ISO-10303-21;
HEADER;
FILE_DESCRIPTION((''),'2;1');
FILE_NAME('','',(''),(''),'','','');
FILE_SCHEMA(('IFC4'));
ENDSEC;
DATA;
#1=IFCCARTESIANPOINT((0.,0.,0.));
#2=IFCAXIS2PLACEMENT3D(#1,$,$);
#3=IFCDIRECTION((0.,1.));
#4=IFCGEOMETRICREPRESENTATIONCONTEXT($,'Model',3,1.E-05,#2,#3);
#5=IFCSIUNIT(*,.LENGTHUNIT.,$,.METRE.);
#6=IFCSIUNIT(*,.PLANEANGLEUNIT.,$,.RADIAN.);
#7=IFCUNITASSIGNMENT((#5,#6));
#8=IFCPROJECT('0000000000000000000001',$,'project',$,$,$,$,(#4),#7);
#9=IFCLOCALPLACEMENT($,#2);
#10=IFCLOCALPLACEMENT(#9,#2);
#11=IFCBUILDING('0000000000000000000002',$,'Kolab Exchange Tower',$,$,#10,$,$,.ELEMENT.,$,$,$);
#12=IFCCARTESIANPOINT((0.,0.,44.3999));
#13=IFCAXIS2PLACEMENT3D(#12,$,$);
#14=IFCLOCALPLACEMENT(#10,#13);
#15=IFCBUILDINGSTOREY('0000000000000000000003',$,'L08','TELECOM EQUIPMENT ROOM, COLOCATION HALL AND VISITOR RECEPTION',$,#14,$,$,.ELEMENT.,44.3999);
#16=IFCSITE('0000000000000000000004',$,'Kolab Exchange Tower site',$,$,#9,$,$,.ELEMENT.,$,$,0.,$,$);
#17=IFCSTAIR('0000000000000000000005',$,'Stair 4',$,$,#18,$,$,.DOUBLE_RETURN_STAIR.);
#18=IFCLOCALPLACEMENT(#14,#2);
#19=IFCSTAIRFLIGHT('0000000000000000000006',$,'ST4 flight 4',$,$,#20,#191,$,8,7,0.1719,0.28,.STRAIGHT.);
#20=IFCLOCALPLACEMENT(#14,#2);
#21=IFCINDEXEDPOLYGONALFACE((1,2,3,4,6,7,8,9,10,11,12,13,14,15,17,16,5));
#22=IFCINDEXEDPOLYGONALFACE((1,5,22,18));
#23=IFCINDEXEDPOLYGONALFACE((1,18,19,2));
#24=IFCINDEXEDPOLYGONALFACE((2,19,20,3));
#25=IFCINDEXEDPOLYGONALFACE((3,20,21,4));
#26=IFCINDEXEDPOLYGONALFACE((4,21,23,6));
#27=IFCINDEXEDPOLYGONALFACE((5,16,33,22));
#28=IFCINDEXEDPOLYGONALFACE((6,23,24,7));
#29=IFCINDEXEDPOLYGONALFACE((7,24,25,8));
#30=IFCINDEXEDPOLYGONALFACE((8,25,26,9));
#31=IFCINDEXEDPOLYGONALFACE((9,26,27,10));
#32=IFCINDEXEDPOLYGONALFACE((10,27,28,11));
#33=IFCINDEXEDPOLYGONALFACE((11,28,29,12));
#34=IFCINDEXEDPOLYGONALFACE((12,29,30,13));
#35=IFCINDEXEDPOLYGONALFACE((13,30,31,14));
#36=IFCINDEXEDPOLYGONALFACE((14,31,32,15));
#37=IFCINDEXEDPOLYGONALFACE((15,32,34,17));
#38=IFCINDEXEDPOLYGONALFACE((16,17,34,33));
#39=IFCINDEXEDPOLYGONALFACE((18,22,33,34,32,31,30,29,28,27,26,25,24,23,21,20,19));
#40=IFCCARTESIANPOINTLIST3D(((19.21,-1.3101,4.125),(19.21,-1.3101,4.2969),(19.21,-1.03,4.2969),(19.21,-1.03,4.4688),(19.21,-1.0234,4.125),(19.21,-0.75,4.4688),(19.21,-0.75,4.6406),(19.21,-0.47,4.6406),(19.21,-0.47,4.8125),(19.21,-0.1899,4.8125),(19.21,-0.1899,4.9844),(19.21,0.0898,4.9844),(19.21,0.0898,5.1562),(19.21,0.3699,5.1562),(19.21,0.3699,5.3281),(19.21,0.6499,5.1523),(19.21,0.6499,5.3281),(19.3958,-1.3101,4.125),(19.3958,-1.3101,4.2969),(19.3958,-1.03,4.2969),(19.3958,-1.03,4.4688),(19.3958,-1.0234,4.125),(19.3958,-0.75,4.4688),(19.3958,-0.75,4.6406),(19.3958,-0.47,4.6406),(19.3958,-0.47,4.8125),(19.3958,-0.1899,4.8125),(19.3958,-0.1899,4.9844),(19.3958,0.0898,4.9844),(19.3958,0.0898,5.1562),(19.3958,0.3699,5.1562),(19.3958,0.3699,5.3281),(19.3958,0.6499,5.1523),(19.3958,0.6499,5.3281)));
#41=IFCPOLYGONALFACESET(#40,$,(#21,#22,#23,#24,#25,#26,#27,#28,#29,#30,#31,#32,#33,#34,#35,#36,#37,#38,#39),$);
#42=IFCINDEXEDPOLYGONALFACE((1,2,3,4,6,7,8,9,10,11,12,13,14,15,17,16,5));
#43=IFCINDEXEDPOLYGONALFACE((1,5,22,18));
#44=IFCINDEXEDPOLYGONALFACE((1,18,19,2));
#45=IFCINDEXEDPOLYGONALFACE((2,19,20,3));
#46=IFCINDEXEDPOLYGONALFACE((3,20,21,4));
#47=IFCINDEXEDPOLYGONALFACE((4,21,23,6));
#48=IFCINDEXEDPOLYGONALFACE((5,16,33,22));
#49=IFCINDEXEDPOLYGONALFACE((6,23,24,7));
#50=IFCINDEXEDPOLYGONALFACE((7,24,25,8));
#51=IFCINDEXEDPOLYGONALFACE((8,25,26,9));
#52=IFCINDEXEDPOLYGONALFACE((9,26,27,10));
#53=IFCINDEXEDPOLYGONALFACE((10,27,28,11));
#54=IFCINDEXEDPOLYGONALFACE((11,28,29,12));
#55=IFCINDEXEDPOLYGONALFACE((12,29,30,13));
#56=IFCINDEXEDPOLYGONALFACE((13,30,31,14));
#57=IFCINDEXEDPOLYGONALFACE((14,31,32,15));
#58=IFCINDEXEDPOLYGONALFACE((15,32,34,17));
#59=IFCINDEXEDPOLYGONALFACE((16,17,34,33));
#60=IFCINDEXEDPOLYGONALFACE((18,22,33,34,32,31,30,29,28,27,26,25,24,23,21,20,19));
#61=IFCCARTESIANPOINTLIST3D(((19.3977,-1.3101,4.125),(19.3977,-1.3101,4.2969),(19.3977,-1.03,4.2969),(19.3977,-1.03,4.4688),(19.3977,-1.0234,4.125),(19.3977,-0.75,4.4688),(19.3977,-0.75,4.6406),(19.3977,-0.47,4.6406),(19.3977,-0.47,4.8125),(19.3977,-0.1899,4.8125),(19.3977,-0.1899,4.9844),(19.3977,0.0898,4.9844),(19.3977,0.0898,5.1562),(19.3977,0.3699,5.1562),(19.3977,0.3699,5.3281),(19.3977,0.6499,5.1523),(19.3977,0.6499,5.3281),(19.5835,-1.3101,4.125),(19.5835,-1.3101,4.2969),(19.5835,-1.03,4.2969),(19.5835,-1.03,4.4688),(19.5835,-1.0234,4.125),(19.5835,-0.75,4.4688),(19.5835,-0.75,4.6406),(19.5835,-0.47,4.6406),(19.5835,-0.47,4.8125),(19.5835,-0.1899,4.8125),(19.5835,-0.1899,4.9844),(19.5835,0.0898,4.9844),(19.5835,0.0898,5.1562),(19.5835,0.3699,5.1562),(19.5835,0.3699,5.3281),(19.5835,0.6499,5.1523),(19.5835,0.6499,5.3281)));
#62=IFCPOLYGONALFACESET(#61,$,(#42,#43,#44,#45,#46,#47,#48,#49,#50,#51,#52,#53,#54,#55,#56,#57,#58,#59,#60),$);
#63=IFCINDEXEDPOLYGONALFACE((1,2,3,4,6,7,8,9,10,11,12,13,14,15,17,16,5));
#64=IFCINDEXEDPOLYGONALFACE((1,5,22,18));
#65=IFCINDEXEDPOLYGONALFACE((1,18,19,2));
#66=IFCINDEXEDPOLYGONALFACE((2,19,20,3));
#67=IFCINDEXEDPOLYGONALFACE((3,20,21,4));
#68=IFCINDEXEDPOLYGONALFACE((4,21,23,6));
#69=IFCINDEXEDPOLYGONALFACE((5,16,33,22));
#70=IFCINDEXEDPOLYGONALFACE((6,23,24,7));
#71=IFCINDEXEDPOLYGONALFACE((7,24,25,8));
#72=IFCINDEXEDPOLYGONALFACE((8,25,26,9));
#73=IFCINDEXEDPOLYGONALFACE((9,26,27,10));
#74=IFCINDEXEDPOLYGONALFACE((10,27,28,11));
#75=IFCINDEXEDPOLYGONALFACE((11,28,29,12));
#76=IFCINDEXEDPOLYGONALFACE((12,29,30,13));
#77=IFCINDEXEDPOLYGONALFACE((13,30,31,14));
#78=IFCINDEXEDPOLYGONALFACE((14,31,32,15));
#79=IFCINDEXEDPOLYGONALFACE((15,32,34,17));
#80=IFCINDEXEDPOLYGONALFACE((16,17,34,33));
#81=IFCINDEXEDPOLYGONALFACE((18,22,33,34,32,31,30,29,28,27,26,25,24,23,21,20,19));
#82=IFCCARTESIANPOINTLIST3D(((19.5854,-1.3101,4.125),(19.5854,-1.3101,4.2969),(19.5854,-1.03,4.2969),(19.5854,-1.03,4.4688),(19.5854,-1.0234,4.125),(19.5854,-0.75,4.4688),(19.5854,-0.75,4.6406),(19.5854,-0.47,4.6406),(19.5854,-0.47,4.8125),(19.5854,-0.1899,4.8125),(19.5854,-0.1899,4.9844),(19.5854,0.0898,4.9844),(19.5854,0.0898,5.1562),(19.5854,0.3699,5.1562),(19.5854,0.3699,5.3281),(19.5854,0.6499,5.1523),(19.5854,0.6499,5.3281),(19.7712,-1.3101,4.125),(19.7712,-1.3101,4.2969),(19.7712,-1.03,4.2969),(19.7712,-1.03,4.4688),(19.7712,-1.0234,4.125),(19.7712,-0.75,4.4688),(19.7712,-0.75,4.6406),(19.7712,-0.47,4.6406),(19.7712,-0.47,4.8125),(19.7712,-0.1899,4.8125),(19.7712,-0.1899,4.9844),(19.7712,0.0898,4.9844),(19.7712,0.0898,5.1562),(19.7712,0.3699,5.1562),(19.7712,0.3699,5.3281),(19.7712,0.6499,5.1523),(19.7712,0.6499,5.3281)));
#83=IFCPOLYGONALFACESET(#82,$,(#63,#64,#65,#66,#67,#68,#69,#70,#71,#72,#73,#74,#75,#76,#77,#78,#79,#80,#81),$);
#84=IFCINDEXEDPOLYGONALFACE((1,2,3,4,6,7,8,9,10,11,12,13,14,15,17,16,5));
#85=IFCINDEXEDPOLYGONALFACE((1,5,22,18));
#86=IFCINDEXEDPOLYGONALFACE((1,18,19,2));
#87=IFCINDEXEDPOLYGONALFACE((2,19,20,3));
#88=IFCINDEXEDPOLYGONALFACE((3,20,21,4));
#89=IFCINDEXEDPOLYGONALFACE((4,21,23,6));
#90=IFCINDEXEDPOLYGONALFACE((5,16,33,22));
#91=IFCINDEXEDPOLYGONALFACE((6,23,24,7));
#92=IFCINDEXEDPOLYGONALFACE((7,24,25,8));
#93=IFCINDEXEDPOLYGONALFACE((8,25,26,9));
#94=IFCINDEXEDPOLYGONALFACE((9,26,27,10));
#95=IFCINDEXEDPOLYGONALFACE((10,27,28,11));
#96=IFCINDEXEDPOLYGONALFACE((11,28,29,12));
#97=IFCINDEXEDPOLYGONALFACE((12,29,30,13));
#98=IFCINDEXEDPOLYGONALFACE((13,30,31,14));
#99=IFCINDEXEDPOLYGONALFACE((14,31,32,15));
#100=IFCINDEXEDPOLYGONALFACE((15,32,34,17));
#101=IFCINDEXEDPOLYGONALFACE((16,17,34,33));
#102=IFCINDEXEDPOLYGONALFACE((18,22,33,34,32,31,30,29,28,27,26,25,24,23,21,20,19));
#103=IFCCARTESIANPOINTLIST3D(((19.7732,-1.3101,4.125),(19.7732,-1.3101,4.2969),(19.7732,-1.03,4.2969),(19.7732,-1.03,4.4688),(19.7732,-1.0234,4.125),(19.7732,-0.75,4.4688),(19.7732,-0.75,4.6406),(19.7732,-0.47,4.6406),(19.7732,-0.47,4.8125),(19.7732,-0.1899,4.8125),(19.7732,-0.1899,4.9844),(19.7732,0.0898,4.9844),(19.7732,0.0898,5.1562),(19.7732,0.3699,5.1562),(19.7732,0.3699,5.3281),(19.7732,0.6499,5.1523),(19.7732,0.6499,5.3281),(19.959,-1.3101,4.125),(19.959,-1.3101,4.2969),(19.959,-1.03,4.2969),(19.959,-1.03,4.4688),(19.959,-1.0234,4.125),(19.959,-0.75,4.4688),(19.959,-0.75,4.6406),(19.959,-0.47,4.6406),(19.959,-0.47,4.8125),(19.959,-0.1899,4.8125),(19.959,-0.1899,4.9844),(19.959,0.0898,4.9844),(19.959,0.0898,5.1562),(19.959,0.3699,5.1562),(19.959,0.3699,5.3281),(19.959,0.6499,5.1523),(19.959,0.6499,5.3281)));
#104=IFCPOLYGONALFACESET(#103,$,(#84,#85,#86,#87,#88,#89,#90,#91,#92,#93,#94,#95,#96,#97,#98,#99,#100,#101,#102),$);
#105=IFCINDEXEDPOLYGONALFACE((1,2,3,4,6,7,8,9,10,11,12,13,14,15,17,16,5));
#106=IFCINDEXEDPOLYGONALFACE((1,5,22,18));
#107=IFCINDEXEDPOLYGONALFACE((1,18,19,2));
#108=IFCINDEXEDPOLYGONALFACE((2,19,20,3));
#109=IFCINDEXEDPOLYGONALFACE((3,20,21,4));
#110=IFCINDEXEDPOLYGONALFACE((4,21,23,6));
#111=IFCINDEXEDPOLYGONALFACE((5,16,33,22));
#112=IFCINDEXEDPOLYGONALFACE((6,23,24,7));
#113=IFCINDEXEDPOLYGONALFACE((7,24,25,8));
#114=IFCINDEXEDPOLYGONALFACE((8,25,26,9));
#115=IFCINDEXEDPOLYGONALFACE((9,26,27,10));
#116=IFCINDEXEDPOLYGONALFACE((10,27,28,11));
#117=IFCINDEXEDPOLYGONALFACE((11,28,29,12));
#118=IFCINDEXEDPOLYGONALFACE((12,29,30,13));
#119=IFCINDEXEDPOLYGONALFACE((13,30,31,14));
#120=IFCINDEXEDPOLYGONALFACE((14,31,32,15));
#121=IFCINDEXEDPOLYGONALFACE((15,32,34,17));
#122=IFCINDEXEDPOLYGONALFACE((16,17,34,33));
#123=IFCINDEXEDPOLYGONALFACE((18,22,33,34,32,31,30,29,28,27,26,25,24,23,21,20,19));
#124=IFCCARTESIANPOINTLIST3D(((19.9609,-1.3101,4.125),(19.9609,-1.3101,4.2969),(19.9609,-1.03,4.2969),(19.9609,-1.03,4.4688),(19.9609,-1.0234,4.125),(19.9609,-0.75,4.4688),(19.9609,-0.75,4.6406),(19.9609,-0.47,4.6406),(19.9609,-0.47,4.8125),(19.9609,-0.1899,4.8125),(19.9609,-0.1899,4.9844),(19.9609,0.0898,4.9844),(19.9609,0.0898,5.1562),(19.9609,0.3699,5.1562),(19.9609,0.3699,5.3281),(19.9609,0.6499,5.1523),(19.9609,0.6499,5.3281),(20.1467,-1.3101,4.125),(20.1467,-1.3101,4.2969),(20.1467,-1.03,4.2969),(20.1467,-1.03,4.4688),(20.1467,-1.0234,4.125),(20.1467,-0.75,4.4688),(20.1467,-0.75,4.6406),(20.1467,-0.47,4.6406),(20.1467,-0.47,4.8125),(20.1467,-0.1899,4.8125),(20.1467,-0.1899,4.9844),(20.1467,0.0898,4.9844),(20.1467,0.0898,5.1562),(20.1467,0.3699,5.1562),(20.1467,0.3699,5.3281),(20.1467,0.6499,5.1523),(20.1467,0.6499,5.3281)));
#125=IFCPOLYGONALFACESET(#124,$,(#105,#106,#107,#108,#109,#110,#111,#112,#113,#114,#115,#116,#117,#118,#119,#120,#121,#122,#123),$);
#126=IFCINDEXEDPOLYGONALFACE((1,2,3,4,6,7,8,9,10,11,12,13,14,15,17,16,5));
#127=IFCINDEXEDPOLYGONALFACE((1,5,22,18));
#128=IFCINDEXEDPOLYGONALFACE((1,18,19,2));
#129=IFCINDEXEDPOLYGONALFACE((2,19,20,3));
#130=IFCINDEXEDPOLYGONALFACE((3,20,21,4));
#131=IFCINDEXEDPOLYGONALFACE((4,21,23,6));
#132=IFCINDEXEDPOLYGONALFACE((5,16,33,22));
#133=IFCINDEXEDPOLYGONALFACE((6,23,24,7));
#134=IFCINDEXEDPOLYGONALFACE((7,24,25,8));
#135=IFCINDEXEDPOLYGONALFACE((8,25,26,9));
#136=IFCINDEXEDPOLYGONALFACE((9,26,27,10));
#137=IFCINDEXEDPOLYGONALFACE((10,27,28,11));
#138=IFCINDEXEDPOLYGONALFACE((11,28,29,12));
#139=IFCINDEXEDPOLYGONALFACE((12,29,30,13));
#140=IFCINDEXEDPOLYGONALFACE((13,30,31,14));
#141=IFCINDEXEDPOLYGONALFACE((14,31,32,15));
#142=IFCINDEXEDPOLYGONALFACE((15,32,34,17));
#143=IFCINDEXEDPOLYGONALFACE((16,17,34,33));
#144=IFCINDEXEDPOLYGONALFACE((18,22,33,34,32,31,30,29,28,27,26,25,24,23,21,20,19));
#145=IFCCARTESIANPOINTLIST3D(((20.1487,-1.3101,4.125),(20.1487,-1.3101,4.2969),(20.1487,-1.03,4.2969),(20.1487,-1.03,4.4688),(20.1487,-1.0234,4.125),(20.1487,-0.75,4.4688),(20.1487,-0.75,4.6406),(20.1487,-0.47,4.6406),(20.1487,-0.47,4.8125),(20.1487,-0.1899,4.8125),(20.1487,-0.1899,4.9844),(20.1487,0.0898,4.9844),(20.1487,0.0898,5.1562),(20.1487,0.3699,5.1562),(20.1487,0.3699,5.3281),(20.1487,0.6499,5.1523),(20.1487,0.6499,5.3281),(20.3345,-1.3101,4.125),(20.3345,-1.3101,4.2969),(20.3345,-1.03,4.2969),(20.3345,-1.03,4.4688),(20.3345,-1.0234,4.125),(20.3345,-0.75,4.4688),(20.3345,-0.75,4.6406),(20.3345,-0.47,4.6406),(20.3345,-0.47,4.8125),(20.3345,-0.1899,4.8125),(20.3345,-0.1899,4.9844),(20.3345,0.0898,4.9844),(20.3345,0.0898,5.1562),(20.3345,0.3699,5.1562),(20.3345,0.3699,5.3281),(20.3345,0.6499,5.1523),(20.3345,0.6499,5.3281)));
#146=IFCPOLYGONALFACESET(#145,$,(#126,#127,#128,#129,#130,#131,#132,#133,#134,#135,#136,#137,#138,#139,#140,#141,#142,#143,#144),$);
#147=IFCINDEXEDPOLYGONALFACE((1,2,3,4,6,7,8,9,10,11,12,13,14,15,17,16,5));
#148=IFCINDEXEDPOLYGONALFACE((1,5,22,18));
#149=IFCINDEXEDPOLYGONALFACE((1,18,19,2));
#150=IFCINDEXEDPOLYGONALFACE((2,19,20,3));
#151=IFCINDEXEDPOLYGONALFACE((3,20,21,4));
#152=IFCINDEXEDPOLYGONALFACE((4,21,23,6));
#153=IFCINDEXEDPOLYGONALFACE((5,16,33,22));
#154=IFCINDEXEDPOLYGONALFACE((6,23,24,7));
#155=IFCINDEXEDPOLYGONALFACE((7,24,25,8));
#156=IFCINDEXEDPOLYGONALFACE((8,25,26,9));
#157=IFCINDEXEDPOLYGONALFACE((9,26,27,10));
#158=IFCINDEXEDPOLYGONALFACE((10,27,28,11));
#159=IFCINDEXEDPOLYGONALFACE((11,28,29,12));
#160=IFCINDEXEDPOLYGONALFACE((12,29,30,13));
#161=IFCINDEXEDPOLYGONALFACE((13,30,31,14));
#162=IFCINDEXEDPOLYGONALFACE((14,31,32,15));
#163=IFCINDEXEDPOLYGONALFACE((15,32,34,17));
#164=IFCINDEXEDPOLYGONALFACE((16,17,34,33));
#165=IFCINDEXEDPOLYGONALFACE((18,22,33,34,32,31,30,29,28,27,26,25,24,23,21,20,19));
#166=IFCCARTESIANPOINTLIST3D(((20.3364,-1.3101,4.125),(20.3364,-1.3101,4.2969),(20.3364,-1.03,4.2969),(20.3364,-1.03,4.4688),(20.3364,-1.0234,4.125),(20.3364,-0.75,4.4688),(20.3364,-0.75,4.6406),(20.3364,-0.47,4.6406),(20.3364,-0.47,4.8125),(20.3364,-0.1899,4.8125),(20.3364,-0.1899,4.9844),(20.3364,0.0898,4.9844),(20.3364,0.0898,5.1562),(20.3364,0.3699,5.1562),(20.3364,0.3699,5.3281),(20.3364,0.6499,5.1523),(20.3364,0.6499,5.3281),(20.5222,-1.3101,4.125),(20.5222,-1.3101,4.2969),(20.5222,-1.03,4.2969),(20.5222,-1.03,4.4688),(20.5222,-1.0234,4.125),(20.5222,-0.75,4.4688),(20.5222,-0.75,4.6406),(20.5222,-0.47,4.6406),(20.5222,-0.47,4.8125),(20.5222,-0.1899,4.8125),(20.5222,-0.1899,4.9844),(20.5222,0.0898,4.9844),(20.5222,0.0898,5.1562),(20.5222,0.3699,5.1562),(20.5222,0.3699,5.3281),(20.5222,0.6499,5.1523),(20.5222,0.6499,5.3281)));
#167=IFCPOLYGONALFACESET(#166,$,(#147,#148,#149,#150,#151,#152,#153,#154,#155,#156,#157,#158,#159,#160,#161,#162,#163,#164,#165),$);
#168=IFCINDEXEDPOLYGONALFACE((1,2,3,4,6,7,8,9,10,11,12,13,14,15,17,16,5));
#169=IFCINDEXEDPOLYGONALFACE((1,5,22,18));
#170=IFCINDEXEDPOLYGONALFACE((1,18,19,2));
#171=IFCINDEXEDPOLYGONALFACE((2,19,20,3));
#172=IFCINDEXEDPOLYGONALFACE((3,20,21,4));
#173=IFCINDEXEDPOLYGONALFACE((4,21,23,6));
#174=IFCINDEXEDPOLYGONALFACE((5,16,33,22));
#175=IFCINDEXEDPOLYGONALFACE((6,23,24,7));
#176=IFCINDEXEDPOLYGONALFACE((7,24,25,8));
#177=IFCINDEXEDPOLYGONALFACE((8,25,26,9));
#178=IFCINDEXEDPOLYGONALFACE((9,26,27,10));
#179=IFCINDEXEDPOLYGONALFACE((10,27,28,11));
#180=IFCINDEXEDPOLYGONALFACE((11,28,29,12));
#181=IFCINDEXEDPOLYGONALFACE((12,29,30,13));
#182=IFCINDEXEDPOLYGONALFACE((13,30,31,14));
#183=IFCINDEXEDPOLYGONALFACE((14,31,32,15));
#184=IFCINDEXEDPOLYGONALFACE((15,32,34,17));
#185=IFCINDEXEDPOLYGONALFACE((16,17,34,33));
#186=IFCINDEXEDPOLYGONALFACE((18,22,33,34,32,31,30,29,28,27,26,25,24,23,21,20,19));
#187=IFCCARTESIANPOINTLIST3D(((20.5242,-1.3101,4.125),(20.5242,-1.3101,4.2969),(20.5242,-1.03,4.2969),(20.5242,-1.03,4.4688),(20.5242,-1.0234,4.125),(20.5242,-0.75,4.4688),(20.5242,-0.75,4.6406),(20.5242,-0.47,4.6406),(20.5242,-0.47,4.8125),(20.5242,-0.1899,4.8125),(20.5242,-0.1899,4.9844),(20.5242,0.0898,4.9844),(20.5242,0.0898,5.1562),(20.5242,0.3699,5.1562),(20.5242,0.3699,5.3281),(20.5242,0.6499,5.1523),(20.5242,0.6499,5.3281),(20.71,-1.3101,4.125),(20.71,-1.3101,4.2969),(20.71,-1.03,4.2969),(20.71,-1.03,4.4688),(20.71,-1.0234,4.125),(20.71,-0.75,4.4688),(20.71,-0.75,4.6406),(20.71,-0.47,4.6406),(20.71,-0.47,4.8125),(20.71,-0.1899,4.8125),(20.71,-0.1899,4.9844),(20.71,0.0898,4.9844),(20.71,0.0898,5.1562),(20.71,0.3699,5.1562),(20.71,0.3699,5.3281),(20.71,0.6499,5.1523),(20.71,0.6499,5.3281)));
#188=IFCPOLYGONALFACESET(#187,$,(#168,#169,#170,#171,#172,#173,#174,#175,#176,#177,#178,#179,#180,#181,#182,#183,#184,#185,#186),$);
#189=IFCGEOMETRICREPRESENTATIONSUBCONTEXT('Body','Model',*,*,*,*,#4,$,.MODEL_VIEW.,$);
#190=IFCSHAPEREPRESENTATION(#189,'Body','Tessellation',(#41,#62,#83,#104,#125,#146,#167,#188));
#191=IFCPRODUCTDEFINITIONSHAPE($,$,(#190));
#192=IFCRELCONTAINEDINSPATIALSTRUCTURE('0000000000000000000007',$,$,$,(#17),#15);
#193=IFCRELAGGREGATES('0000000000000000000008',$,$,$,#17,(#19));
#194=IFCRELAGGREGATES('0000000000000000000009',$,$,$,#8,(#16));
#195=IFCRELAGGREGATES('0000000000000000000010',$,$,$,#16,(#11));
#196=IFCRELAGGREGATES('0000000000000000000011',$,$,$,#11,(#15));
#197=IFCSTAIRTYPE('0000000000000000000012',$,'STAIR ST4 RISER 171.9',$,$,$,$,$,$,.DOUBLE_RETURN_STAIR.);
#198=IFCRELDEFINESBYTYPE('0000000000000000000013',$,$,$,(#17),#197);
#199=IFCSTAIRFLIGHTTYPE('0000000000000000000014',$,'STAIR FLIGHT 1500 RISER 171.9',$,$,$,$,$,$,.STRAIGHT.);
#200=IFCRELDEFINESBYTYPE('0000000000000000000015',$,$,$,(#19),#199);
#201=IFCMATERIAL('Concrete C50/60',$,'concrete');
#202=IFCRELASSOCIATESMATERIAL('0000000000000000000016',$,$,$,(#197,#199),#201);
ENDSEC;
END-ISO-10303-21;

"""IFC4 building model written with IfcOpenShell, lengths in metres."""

from ifc_helpers import new_model, si_unit, direction, frame, origin, place, context, subcontext, project, spatial, polyline, outline, extrude, material, type_object, element, aggregate, save


model = new_model("IFC4")

# Units and contexts
model_context = context("Model", 3, precision=1e-05, world=origin(), true_north=direction((0.0, 1.0)))
body_context = subcontext(model_context, "Body", "Model", "MODEL_VIEW")
ifc_project = project(units=[si_unit("LENGTHUNIT", "METRE"), si_unit("PLANEANGLEUNIT", "RADIAN")], contexts=[model_context])

# Site, building, storey
site_placement = place(None, origin())
site = spatial("IfcSite", under=ifc_project, at=site_placement, Name="Kolab Exchange Tower site", CompositionType="ELEMENT", RefElevation=0.0)
building_placement = place(site_placement, origin())
building = spatial("IfcBuilding", under=site, at=building_placement, Name="Kolab Exchange Tower", CompositionType="ELEMENT")
storey_placement = place(building_placement, frame((0.0, 0.0, 44.3999)))
storey = spatial("IfcBuildingStorey", under=building, at=storey_placement, Name="L08", Description="TELECOM EQUIPMENT ROOM, COLOCATION HALL AND VISITOR RECEPTION", CompositionType="ELEMENT", Elevation=44.3999)

# Shared definitions
ifc_material_1 = material(Name="Concrete C50/60", Category="concrete")

# Stair, stair flight
stair_type = type_object("IfcStairType", Name="STAIR ST4 RISER 171.9", PredefinedType="DOUBLE_RETURN_STAIR", material=ifc_material_1)
stair_placement = place(storey_placement, origin())
stair = element("IfcStair", 1, at=stair_placement, inside=storey, type_object=stair_type, Name="Stair 4", PredefinedType="DOUBLE_RETURN_STAIR")
stair_flight_type = type_object("IfcStairFlightType", Name="STAIR FLIGHT 1500 RISER 171.9", PredefinedType="STRAIGHT", material=ifc_material_1)
stair_flight_1_placement = place(storey_placement, frame((19.96, -1.3101, 4.125), z_axis=(0.0, 0.0, 1.0), x_axis=(0.0, 1.0, 0.0)))
stair_flight_1 = element("IfcStairFlight", 2, at=stair_flight_1_placement, type_object=stair_flight_type, Name="ST4 flight 4", NumberOfRisers=8, NumberOfTreads=7, PredefinedType="STRAIGHT", RiserHeight=0.1719, TreadLength=0.28, context=body_context, shape_type="SweptSolid", body=[
    extrude(outline(polyline([(0.0, 0.0), (0.0, 0.1719), (0.28, 0.1719), (0.28, 0.3438), (0.5601, 0.3438), (0.5601, 0.5156), (0.8401, 0.5156), (0.8401, 0.6875), (1.1201, 0.6875), (1.1201, 0.8594), (1.3999, 0.8594), (1.3999, 1.0312), (1.6799, 1.0312), (1.6799, 1.2031), (1.96, 1.2031), (1.96, 1.375), (1.96, 1.0273), (0.2866, 0.0), (0.0, 0.0)])), frame((0.0, 0.75, 0.0), z_axis=(0.0, -1.0, 0.0), x_axis=(1.0, 0.0, 0.0)), (0.0, 0.0, 1.0), 0.1858),
    extrude(outline(polyline([(0.0, 0.0), (0.0, 0.1719), (0.28, 0.1719), (0.28, 0.3438), (0.5601, 0.3438), (0.5601, 0.5156), (0.8401, 0.5156), (0.8401, 0.6875), (1.1201, 0.6875), (1.1201, 0.8594), (1.3999, 0.8594), (1.3999, 1.0312), (1.6799, 1.0312), (1.6799, 1.2031), (1.96, 1.2031), (1.96, 1.375), (1.96, 1.0273), (0.2866, 0.0), (0.0, 0.0)])), frame((0.0, 0.5623, 0.0), z_axis=(0.0, -1.0, 0.0), x_axis=(1.0, 0.0, 0.0)), (0.0, 0.0, 1.0), 0.1858),
    extrude(outline(polyline([(0.0, 0.0), (0.0, 0.1719), (0.28, 0.1719), (0.28, 0.3438), (0.5601, 0.3438), (0.5601, 0.5156), (0.8401, 0.5156), (0.8401, 0.6875), (1.1201, 0.6875), (1.1201, 0.8594), (1.3999, 0.8594), (1.3999, 1.0312), (1.6799, 1.0312), (1.6799, 1.2031), (1.96, 1.2031), (1.96, 1.375), (1.96, 1.0273), (0.2866, 0.0), (0.0, 0.0)])), frame((0.0, 0.3745, 0.0), z_axis=(0.0, -1.0, 0.0), x_axis=(1.0, 0.0, 0.0)), (0.0, 0.0, 1.0), 0.1858),
    extrude(outline(polyline([(0.0, 0.0), (0.0, 0.1719), (0.28, 0.1719), (0.28, 0.3438), (0.5601, 0.3438), (0.5601, 0.5156), (0.8401, 0.5156), (0.8401, 0.6875), (1.1201, 0.6875), (1.1201, 0.8594), (1.3999, 0.8594), (1.3999, 1.0312), (1.6799, 1.0312), (1.6799, 1.2031), (1.96, 1.2031), (1.96, 1.375), (1.96, 1.0273), (0.2866, 0.0), (0.0, 0.0)])), frame((0.0, 0.1868, 0.0), z_axis=(0.0, -1.0, 0.0), x_axis=(1.0, 0.0, 0.0)), (0.0, 0.0, 1.0), 0.1858),
    extrude(outline(polyline([(0.0, 0.0), (0.0, 0.1719), (0.28, 0.1719), (0.28, 0.3438), (0.5601, 0.3438), (0.5601, 0.5156), (0.8401, 0.5156), (0.8401, 0.6875), (1.1201, 0.6875), (1.1201, 0.8594), (1.3999, 0.8594), (1.3999, 1.0312), (1.6799, 1.0312), (1.6799, 1.2031), (1.96, 1.2031), (1.96, 1.375), (1.96, 1.0273), (0.2866, 0.0), (0.0, 0.0)])), frame((0.0, -0.001, 0.0), z_axis=(0.0, -1.0, 0.0), x_axis=(1.0, 0.0, 0.0)), (0.0, 0.0, 1.0), 0.1858),
    extrude(outline(polyline([(0.0, 0.0), (0.0, 0.1719), (0.28, 0.1719), (0.28, 0.3438), (0.5601, 0.3438), (0.5601, 0.5156), (0.8401, 0.5156), (0.8401, 0.6875), (1.1201, 0.6875), (1.1201, 0.8594), (1.3999, 0.8594), (1.3999, 1.0312), (1.6799, 1.0312), (1.6799, 1.2031), (1.96, 1.2031), (1.96, 1.375), (1.96, 1.0273), (0.2866, 0.0), (0.0, 0.0)])), frame((0.0, -0.1887, 0.0), z_axis=(0.0, -1.0, 0.0), x_axis=(1.0, 0.0, 0.0)), (0.0, 0.0, 1.0), 0.1858),
    extrude(outline(polyline([(0.0, 0.0), (0.0, 0.1719), (0.28, 0.1719), (0.28, 0.3438), (0.5601, 0.3438), (0.5601, 0.5156), (0.8401, 0.5156), (0.8401, 0.6875), (1.1201, 0.6875), (1.1201, 0.8594), (1.3999, 0.8594), (1.3999, 1.0312), (1.6799, 1.0312), (1.6799, 1.2031), (1.96, 1.2031), (1.96, 1.375), (1.96, 1.0273), (0.2866, 0.0), (0.0, 0.0)])), frame((0.0, -0.3765, 0.0), z_axis=(0.0, -1.0, 0.0), x_axis=(1.0, 0.0, 0.0)), (0.0, 0.0, 1.0), 0.1858),
    extrude(outline(polyline([(0.0, 0.0), (0.0, 0.1719), (0.28, 0.1719), (0.28, 0.3438), (0.5601, 0.3438), (0.5601, 0.5156), (0.8401, 0.5156), (0.8401, 0.6875), (1.1201, 0.6875), (1.1201, 0.8594), (1.3999, 0.8594), (1.3999, 1.0312), (1.6799, 1.0312), (1.6799, 1.2031), (1.96, 1.2031), (1.96, 1.375), (1.96, 1.0273), (0.2866, 0.0), (0.0, 0.0)])), frame((0.0, -0.5642, 0.0), z_axis=(0.0, -1.0, 0.0), x_axis=(1.0, 0.0, 0.0)), (0.0, 0.0, 1.0), 0.1858),
])
aggregate(stair, [stair_flight_1])

save(model, "model.ifc")
